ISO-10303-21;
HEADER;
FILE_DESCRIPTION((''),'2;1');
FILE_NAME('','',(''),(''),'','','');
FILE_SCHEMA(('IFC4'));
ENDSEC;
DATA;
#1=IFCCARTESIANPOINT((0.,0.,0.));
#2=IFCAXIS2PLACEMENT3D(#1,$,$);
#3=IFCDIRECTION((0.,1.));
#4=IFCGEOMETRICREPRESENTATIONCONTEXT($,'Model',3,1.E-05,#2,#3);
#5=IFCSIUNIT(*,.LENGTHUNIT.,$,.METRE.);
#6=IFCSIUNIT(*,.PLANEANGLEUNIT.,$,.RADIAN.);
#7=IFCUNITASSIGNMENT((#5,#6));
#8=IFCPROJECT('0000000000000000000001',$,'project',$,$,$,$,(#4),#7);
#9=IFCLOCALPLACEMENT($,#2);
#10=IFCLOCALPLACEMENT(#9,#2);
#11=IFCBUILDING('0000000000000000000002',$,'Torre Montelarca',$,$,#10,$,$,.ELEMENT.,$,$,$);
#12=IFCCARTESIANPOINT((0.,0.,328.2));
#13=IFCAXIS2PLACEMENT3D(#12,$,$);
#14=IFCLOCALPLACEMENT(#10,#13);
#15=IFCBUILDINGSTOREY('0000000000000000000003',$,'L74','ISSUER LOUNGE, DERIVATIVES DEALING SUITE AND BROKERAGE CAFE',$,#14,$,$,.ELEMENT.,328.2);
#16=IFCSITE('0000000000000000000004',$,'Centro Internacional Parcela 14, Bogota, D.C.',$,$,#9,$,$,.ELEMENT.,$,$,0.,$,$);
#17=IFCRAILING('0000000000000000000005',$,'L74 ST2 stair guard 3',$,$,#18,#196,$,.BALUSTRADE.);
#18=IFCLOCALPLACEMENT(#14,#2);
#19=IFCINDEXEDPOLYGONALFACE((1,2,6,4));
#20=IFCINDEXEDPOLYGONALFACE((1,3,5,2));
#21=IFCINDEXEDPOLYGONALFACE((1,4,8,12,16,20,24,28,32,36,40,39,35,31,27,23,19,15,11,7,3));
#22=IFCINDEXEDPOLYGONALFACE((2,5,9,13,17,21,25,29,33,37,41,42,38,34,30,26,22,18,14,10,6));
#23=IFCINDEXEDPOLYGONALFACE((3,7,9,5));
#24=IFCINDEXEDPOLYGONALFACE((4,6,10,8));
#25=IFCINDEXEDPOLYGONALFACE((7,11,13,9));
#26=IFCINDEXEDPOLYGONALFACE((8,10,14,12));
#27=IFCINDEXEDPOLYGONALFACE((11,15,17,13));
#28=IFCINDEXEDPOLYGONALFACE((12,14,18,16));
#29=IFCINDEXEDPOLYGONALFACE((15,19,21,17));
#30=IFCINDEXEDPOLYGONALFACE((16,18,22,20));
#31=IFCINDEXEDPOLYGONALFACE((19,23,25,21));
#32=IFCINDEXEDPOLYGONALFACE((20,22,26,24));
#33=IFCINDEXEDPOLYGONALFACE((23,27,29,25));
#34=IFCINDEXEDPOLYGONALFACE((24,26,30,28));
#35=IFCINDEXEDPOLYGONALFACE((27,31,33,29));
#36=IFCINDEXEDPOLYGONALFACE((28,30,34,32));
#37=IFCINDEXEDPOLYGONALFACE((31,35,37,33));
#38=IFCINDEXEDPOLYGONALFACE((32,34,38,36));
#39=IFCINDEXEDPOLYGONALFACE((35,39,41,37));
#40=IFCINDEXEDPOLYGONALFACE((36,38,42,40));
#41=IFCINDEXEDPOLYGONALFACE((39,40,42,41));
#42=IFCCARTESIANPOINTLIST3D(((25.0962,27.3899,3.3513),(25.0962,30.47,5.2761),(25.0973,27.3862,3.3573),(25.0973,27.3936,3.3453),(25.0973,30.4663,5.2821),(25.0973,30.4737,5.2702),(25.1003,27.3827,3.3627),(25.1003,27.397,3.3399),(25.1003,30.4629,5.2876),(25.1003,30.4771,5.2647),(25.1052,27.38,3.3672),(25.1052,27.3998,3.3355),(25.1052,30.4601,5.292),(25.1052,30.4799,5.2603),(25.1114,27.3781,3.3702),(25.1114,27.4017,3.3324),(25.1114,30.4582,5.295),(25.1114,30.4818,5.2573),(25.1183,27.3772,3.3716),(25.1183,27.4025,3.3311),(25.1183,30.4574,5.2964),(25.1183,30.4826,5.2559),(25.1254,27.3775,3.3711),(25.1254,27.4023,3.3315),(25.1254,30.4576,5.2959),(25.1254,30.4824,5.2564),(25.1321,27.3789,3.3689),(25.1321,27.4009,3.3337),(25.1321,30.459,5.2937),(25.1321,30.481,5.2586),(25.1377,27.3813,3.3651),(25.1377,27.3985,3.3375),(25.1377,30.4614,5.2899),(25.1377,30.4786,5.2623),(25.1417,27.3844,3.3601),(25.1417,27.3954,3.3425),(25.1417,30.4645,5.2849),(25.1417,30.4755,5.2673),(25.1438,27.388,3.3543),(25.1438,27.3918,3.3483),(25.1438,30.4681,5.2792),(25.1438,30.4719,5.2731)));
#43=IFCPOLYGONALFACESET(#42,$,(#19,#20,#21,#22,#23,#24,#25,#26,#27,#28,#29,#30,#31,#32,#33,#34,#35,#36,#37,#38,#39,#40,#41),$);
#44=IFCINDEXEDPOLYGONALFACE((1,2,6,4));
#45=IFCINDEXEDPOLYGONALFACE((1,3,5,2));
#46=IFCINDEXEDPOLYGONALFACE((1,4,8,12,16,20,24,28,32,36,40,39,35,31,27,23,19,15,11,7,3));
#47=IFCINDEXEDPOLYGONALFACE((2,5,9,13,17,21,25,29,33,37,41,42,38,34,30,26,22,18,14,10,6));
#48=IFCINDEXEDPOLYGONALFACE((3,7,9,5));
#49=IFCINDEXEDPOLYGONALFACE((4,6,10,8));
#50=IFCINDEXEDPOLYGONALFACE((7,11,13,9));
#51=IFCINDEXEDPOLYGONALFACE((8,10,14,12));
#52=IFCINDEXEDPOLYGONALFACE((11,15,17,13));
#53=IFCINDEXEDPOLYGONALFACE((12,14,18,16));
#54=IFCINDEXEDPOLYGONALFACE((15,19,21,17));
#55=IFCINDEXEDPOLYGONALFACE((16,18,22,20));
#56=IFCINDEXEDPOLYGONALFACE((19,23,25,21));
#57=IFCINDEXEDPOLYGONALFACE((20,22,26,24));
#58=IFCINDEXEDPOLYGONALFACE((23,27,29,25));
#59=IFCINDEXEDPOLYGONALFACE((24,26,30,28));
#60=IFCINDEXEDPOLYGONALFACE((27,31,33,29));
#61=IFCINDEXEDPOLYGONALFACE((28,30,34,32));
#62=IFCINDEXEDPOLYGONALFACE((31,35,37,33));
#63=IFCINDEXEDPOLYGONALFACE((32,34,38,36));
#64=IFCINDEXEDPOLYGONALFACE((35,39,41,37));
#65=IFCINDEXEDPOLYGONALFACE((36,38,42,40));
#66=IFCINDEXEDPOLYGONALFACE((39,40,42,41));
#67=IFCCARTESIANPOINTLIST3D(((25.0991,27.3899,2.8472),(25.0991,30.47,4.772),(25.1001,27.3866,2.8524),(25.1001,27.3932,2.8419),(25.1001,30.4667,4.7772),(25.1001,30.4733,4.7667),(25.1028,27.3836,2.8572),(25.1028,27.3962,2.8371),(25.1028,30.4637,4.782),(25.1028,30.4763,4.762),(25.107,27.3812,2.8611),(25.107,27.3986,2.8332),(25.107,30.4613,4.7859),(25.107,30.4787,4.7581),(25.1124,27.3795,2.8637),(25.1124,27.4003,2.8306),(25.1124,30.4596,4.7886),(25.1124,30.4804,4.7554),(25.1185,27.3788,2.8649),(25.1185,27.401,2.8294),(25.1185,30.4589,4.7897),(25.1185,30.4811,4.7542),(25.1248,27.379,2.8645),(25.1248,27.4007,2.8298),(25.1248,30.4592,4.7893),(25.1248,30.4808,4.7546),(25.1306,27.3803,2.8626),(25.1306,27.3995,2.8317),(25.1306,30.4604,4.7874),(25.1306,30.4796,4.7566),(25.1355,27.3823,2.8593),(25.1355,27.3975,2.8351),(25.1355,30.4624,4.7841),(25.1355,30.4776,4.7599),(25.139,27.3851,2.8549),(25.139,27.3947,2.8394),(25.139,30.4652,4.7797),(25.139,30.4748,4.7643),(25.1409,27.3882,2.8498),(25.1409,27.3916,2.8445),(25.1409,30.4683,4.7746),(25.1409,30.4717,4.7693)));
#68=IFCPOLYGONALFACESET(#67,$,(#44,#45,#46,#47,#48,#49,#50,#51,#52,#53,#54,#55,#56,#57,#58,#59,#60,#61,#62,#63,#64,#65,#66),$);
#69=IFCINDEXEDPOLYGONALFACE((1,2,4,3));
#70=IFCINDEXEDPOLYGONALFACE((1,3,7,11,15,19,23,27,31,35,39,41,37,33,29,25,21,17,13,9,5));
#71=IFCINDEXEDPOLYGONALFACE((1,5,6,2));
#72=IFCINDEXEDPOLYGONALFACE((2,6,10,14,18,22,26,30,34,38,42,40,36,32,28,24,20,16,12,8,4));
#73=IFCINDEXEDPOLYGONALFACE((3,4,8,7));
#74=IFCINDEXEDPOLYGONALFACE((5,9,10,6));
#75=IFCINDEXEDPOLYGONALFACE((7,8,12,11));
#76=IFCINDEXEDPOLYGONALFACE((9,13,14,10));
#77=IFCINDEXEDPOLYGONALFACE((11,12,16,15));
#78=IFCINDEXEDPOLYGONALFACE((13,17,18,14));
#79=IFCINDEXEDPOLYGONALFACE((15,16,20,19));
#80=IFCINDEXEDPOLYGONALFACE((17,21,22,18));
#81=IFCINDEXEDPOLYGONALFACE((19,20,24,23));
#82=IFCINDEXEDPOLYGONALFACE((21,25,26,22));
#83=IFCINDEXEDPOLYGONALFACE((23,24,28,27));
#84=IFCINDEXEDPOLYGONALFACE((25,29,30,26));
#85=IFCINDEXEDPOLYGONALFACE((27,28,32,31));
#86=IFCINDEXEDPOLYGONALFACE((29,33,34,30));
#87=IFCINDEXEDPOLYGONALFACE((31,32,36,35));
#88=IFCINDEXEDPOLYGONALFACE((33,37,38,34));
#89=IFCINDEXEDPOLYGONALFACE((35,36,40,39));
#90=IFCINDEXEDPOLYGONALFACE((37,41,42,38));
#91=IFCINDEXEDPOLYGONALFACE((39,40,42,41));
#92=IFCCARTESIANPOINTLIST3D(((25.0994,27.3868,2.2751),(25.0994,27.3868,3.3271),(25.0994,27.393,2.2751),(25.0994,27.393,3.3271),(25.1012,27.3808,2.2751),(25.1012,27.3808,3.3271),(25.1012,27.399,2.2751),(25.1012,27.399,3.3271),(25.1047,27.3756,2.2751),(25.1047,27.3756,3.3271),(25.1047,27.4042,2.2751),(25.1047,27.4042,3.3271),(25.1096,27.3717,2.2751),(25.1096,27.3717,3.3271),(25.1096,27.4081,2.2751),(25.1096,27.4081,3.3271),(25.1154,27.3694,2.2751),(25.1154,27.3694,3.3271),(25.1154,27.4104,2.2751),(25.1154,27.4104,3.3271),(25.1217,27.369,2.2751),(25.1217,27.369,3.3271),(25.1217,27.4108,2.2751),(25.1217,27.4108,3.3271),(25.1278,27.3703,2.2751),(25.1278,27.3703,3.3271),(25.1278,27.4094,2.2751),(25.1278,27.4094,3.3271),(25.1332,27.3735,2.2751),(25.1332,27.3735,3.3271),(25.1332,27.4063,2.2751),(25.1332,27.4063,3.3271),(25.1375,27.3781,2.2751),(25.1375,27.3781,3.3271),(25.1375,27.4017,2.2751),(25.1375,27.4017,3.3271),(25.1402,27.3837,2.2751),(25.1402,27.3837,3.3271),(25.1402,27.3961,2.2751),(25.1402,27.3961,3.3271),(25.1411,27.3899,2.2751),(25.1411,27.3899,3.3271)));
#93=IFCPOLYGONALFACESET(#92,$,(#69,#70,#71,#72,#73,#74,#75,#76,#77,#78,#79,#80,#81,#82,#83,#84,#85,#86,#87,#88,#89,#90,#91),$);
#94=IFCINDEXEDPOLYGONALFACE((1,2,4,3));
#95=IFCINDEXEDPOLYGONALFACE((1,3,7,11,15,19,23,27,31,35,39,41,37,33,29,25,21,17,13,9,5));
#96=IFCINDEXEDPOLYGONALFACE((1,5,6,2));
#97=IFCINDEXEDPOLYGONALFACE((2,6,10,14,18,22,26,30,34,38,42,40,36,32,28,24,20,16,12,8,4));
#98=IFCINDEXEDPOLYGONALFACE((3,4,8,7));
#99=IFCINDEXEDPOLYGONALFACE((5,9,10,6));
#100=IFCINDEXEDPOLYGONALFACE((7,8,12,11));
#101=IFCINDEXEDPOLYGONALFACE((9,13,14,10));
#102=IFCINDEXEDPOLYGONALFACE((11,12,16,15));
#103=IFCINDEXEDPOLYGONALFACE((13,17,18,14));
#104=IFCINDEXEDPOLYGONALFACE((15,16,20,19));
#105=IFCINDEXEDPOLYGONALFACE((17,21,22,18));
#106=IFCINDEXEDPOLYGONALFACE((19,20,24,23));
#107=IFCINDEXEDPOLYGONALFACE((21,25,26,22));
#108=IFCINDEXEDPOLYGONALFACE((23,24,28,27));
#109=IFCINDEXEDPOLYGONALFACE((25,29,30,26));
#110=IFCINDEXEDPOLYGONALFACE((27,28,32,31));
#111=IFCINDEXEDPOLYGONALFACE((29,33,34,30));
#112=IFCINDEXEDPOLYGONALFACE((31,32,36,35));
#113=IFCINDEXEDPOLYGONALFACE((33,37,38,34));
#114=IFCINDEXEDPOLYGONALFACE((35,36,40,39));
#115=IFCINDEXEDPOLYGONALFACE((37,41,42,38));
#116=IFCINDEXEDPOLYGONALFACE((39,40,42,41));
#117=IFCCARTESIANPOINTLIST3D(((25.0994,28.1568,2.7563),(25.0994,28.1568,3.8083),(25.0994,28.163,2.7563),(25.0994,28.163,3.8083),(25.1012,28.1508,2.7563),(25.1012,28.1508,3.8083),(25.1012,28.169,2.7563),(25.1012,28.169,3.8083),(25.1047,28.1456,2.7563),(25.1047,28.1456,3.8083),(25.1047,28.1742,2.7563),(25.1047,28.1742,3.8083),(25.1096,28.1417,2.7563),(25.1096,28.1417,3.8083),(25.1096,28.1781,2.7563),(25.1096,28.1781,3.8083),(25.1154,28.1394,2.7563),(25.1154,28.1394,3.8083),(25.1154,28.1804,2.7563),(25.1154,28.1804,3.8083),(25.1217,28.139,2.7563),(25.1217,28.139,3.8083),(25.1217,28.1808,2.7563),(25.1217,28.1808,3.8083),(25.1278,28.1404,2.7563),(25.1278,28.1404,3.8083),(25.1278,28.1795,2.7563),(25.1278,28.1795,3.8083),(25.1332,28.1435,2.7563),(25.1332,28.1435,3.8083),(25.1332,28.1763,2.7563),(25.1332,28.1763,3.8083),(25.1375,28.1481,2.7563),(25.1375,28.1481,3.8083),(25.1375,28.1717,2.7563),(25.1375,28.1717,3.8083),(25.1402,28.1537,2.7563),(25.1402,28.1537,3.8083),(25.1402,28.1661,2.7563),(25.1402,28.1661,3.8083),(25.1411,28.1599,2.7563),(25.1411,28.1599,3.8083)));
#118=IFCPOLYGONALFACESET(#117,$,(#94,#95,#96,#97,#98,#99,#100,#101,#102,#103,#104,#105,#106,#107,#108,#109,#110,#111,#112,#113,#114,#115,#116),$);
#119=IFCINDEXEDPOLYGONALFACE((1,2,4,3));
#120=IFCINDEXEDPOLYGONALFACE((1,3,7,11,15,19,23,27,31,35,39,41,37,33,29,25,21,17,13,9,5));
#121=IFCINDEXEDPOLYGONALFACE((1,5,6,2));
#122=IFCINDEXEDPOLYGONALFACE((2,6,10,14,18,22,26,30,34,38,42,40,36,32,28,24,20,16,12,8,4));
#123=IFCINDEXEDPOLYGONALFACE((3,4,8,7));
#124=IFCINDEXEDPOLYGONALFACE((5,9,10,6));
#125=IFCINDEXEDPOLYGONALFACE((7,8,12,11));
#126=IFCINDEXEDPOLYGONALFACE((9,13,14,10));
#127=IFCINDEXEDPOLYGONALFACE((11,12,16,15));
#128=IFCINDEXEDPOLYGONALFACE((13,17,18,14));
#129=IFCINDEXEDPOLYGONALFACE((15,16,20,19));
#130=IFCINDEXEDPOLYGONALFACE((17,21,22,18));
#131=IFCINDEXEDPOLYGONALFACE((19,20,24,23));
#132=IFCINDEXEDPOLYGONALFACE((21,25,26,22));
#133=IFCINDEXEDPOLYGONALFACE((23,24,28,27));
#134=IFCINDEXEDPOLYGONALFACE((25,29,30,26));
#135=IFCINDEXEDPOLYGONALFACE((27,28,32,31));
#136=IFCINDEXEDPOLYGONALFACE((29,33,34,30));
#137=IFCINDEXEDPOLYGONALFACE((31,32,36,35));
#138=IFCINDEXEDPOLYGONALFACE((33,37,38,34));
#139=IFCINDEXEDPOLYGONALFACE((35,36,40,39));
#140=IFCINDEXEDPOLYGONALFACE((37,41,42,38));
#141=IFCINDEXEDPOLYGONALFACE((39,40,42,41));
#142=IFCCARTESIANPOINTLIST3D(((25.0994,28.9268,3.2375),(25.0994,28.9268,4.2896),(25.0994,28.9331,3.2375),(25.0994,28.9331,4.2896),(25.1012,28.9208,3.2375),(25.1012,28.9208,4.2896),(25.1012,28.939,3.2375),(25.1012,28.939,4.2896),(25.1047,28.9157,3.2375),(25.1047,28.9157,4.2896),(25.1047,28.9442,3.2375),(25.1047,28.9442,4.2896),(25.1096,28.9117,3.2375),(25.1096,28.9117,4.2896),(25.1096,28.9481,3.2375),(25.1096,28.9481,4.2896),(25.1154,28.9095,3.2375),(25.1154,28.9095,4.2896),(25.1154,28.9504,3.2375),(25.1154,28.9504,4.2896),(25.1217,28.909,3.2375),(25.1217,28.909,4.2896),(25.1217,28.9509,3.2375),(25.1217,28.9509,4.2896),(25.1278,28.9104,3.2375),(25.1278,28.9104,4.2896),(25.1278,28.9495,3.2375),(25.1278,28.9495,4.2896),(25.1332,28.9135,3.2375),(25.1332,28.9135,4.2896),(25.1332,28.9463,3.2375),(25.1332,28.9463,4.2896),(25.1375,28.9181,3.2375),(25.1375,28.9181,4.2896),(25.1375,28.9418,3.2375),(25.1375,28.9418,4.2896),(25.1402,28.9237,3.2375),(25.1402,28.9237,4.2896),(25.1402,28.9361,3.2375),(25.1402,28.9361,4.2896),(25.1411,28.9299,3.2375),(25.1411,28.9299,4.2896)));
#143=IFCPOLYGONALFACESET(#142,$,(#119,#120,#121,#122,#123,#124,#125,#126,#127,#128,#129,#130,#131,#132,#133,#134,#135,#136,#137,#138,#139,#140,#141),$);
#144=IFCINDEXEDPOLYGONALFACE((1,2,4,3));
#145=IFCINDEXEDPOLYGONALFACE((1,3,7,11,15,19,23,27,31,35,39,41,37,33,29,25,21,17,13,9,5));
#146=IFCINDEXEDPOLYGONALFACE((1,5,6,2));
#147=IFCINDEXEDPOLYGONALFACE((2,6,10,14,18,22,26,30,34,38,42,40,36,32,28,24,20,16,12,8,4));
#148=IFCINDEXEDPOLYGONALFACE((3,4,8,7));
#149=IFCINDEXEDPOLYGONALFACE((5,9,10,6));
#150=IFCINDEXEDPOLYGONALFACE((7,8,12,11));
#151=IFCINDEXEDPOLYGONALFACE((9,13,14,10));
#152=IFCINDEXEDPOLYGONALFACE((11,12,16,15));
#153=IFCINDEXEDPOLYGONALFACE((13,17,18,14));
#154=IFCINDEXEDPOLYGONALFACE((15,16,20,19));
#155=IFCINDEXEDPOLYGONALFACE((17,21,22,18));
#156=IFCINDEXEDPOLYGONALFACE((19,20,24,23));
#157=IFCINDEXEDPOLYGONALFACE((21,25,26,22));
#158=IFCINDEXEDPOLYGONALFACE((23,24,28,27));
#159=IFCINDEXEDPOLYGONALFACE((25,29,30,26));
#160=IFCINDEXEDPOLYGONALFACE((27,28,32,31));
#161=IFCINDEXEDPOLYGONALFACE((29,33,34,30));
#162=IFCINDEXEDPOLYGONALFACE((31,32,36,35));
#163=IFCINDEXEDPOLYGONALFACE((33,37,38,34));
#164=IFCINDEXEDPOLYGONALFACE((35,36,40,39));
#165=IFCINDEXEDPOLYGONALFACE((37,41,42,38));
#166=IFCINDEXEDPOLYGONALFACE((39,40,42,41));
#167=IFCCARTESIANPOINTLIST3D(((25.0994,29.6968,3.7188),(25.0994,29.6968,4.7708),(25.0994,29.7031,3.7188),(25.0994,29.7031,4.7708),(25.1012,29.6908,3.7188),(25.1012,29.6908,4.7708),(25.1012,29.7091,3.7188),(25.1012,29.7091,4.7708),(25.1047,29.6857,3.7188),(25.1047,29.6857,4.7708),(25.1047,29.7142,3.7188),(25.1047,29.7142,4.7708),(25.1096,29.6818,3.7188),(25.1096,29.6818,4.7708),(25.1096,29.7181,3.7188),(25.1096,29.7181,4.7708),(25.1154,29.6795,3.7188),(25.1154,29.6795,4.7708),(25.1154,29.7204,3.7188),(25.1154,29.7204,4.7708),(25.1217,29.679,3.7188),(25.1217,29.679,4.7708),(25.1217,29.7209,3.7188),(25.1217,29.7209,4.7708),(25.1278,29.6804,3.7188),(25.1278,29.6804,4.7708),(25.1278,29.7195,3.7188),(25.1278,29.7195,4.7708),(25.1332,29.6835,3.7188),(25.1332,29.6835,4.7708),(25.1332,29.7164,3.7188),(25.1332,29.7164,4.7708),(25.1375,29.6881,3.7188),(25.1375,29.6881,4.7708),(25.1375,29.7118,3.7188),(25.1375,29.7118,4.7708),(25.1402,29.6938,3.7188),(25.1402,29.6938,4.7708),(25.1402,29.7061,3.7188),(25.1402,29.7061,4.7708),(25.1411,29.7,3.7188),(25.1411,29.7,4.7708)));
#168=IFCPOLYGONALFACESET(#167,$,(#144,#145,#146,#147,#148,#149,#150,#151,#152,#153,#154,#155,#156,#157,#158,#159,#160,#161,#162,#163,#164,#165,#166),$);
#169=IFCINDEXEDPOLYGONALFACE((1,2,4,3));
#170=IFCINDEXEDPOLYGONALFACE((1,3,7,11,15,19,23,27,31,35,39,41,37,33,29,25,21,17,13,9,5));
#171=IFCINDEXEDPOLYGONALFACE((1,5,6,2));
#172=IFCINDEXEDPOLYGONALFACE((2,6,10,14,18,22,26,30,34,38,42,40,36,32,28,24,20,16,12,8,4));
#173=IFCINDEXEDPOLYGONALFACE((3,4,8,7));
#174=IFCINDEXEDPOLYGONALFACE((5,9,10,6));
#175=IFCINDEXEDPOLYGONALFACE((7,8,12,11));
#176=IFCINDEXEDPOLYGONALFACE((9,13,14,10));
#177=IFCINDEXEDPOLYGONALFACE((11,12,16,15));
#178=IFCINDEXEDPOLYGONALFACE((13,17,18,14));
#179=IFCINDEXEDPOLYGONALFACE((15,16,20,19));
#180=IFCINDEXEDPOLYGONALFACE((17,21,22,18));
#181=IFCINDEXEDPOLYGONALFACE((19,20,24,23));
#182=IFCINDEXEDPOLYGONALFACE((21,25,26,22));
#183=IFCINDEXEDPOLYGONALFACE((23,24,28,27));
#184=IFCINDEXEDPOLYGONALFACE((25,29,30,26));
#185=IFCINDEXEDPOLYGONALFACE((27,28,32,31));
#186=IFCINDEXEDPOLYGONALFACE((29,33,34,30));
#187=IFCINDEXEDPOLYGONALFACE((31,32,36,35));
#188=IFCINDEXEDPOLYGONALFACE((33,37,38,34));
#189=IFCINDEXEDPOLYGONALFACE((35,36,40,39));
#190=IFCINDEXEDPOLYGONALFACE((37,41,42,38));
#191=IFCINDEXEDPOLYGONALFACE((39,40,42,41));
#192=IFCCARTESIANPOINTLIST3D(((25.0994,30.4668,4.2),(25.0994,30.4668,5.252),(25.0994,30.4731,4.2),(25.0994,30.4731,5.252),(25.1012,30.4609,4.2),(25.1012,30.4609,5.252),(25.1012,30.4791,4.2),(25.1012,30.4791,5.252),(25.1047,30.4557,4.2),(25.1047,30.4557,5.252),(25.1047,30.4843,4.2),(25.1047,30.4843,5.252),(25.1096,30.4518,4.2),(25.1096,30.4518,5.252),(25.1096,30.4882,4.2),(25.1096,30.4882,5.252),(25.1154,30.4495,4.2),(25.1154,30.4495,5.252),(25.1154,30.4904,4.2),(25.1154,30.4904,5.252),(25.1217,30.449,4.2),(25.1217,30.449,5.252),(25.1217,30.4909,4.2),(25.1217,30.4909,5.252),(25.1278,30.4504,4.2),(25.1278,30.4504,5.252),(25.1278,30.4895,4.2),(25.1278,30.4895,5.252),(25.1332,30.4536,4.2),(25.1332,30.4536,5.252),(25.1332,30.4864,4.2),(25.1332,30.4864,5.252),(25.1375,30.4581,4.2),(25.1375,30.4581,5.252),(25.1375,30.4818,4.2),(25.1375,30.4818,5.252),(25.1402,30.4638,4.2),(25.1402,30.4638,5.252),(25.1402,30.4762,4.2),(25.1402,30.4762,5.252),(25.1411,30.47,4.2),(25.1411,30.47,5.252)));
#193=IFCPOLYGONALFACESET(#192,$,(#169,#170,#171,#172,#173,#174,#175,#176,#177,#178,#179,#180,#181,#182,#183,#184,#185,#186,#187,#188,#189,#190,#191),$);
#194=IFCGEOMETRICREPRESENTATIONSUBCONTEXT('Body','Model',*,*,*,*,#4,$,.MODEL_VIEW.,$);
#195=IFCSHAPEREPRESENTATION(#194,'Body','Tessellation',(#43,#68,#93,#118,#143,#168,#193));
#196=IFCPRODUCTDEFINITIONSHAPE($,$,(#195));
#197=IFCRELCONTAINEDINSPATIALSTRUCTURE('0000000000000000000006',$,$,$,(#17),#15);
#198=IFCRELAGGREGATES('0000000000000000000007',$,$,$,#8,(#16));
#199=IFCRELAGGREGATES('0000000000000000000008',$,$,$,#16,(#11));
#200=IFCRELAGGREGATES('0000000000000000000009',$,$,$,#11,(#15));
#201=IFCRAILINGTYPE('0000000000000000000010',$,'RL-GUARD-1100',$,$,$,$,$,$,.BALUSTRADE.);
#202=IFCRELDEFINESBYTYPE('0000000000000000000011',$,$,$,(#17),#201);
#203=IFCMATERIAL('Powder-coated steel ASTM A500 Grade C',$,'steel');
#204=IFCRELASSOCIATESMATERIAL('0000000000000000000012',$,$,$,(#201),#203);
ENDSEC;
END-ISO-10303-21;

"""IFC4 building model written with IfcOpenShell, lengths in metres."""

from ifc_helpers import new_model, si_unit, direction, frame, origin, origin_2d, place, context, subcontext, project, spatial, circle, extrude, material, type_object, element, save


model = new_model("IFC4")

# Units and contexts
model_context = context("Model", 3, precision=1e-05, world=origin(), true_north=direction((0.0, 1.0)))
body_context = subcontext(model_context, "Body", "Model", "MODEL_VIEW")
ifc_project = project(units=[si_unit("LENGTHUNIT", "METRE"), si_unit("PLANEANGLEUNIT", "RADIAN")], contexts=[model_context])

# Site, building, storey
site_placement = place(None, origin())
site = spatial("IfcSite", under=ifc_project, at=site_placement, Name="Centro Internacional Parcela 14, Bogota, D.C.", CompositionType="ELEMENT", RefElevation=0.0)
building_placement = place(site_placement, origin())
building = spatial("IfcBuilding", under=site, at=building_placement, Name="Torre Montelarca", CompositionType="ELEMENT")
storey_placement = place(building_placement, frame((0.0, 0.0, 328.2)))
storey = spatial("IfcBuildingStorey", under=building, at=storey_placement, Name="L74", Description="ISSUER LOUNGE, DERIVATIVES DEALING SUITE AND BROKERAGE CAFE", CompositionType="ELEMENT", Elevation=328.2)

# Railing
ifc_material_1 = material(Name="Powder-coated steel ASTM A500 Grade C", Category="steel")
railing_type_1 = type_object("IfcRailingType", Name="RL-GUARD-1100", PredefinedType="BALUSTRADE", material=ifc_material_1)
railing_1_placement = place(storey_placement, frame((25.1201, 27.3899, 2.2751)))
element("IfcRailing", 1, at=railing_1_placement, inside=storey, type_object=railing_type_1, Name="L74 ST2 stair guard 3", PredefinedType="BALUSTRADE", context=body_context, shape_type="SweptSolid", body=[
    extrude(circle(Radius=0.0239, at=origin_2d()), frame((0.0, 0.0, 1.0762), z_axis=(0.0, 0.848029, 0.529951), x_axis=(-1.0, 0.0, 0.0)), (0.0, 0.0, 1.0), 3.6321),
    extrude(circle(Radius=0.021, at=origin_2d()), frame((0.0, 0.0, 0.572), z_axis=(0.0, 0.848029, 0.529951), x_axis=(-1.0, 0.0, 0.0)), (0.0, 0.0, 1.0), 3.6321),
    extrude(circle(Radius=0.021, at=origin_2d()), origin(), (0.0, 0.0, 1.0), 1.052),
    extrude(circle(Radius=0.021, at=origin_2d()), frame((0.0, 0.77, 0.4812)), (0.0, 0.0, 1.0), 1.052),
    extrude(circle(Radius=0.021, at=origin_2d()), frame((0.0, 1.54, 0.9624)), (0.0, 0.0, 1.0), 1.052),
    extrude(circle(Radius=0.021, at=origin_2d()), frame((0.0, 2.3101, 1.4436)), (0.0, 0.0, 1.0), 1.052),
    extrude(circle(Radius=0.021, at=origin_2d()), frame((0.0, 3.0801, 1.9248)), (0.0, 0.0, 1.0), 1.052),
])

save(model, "model.ifc")
